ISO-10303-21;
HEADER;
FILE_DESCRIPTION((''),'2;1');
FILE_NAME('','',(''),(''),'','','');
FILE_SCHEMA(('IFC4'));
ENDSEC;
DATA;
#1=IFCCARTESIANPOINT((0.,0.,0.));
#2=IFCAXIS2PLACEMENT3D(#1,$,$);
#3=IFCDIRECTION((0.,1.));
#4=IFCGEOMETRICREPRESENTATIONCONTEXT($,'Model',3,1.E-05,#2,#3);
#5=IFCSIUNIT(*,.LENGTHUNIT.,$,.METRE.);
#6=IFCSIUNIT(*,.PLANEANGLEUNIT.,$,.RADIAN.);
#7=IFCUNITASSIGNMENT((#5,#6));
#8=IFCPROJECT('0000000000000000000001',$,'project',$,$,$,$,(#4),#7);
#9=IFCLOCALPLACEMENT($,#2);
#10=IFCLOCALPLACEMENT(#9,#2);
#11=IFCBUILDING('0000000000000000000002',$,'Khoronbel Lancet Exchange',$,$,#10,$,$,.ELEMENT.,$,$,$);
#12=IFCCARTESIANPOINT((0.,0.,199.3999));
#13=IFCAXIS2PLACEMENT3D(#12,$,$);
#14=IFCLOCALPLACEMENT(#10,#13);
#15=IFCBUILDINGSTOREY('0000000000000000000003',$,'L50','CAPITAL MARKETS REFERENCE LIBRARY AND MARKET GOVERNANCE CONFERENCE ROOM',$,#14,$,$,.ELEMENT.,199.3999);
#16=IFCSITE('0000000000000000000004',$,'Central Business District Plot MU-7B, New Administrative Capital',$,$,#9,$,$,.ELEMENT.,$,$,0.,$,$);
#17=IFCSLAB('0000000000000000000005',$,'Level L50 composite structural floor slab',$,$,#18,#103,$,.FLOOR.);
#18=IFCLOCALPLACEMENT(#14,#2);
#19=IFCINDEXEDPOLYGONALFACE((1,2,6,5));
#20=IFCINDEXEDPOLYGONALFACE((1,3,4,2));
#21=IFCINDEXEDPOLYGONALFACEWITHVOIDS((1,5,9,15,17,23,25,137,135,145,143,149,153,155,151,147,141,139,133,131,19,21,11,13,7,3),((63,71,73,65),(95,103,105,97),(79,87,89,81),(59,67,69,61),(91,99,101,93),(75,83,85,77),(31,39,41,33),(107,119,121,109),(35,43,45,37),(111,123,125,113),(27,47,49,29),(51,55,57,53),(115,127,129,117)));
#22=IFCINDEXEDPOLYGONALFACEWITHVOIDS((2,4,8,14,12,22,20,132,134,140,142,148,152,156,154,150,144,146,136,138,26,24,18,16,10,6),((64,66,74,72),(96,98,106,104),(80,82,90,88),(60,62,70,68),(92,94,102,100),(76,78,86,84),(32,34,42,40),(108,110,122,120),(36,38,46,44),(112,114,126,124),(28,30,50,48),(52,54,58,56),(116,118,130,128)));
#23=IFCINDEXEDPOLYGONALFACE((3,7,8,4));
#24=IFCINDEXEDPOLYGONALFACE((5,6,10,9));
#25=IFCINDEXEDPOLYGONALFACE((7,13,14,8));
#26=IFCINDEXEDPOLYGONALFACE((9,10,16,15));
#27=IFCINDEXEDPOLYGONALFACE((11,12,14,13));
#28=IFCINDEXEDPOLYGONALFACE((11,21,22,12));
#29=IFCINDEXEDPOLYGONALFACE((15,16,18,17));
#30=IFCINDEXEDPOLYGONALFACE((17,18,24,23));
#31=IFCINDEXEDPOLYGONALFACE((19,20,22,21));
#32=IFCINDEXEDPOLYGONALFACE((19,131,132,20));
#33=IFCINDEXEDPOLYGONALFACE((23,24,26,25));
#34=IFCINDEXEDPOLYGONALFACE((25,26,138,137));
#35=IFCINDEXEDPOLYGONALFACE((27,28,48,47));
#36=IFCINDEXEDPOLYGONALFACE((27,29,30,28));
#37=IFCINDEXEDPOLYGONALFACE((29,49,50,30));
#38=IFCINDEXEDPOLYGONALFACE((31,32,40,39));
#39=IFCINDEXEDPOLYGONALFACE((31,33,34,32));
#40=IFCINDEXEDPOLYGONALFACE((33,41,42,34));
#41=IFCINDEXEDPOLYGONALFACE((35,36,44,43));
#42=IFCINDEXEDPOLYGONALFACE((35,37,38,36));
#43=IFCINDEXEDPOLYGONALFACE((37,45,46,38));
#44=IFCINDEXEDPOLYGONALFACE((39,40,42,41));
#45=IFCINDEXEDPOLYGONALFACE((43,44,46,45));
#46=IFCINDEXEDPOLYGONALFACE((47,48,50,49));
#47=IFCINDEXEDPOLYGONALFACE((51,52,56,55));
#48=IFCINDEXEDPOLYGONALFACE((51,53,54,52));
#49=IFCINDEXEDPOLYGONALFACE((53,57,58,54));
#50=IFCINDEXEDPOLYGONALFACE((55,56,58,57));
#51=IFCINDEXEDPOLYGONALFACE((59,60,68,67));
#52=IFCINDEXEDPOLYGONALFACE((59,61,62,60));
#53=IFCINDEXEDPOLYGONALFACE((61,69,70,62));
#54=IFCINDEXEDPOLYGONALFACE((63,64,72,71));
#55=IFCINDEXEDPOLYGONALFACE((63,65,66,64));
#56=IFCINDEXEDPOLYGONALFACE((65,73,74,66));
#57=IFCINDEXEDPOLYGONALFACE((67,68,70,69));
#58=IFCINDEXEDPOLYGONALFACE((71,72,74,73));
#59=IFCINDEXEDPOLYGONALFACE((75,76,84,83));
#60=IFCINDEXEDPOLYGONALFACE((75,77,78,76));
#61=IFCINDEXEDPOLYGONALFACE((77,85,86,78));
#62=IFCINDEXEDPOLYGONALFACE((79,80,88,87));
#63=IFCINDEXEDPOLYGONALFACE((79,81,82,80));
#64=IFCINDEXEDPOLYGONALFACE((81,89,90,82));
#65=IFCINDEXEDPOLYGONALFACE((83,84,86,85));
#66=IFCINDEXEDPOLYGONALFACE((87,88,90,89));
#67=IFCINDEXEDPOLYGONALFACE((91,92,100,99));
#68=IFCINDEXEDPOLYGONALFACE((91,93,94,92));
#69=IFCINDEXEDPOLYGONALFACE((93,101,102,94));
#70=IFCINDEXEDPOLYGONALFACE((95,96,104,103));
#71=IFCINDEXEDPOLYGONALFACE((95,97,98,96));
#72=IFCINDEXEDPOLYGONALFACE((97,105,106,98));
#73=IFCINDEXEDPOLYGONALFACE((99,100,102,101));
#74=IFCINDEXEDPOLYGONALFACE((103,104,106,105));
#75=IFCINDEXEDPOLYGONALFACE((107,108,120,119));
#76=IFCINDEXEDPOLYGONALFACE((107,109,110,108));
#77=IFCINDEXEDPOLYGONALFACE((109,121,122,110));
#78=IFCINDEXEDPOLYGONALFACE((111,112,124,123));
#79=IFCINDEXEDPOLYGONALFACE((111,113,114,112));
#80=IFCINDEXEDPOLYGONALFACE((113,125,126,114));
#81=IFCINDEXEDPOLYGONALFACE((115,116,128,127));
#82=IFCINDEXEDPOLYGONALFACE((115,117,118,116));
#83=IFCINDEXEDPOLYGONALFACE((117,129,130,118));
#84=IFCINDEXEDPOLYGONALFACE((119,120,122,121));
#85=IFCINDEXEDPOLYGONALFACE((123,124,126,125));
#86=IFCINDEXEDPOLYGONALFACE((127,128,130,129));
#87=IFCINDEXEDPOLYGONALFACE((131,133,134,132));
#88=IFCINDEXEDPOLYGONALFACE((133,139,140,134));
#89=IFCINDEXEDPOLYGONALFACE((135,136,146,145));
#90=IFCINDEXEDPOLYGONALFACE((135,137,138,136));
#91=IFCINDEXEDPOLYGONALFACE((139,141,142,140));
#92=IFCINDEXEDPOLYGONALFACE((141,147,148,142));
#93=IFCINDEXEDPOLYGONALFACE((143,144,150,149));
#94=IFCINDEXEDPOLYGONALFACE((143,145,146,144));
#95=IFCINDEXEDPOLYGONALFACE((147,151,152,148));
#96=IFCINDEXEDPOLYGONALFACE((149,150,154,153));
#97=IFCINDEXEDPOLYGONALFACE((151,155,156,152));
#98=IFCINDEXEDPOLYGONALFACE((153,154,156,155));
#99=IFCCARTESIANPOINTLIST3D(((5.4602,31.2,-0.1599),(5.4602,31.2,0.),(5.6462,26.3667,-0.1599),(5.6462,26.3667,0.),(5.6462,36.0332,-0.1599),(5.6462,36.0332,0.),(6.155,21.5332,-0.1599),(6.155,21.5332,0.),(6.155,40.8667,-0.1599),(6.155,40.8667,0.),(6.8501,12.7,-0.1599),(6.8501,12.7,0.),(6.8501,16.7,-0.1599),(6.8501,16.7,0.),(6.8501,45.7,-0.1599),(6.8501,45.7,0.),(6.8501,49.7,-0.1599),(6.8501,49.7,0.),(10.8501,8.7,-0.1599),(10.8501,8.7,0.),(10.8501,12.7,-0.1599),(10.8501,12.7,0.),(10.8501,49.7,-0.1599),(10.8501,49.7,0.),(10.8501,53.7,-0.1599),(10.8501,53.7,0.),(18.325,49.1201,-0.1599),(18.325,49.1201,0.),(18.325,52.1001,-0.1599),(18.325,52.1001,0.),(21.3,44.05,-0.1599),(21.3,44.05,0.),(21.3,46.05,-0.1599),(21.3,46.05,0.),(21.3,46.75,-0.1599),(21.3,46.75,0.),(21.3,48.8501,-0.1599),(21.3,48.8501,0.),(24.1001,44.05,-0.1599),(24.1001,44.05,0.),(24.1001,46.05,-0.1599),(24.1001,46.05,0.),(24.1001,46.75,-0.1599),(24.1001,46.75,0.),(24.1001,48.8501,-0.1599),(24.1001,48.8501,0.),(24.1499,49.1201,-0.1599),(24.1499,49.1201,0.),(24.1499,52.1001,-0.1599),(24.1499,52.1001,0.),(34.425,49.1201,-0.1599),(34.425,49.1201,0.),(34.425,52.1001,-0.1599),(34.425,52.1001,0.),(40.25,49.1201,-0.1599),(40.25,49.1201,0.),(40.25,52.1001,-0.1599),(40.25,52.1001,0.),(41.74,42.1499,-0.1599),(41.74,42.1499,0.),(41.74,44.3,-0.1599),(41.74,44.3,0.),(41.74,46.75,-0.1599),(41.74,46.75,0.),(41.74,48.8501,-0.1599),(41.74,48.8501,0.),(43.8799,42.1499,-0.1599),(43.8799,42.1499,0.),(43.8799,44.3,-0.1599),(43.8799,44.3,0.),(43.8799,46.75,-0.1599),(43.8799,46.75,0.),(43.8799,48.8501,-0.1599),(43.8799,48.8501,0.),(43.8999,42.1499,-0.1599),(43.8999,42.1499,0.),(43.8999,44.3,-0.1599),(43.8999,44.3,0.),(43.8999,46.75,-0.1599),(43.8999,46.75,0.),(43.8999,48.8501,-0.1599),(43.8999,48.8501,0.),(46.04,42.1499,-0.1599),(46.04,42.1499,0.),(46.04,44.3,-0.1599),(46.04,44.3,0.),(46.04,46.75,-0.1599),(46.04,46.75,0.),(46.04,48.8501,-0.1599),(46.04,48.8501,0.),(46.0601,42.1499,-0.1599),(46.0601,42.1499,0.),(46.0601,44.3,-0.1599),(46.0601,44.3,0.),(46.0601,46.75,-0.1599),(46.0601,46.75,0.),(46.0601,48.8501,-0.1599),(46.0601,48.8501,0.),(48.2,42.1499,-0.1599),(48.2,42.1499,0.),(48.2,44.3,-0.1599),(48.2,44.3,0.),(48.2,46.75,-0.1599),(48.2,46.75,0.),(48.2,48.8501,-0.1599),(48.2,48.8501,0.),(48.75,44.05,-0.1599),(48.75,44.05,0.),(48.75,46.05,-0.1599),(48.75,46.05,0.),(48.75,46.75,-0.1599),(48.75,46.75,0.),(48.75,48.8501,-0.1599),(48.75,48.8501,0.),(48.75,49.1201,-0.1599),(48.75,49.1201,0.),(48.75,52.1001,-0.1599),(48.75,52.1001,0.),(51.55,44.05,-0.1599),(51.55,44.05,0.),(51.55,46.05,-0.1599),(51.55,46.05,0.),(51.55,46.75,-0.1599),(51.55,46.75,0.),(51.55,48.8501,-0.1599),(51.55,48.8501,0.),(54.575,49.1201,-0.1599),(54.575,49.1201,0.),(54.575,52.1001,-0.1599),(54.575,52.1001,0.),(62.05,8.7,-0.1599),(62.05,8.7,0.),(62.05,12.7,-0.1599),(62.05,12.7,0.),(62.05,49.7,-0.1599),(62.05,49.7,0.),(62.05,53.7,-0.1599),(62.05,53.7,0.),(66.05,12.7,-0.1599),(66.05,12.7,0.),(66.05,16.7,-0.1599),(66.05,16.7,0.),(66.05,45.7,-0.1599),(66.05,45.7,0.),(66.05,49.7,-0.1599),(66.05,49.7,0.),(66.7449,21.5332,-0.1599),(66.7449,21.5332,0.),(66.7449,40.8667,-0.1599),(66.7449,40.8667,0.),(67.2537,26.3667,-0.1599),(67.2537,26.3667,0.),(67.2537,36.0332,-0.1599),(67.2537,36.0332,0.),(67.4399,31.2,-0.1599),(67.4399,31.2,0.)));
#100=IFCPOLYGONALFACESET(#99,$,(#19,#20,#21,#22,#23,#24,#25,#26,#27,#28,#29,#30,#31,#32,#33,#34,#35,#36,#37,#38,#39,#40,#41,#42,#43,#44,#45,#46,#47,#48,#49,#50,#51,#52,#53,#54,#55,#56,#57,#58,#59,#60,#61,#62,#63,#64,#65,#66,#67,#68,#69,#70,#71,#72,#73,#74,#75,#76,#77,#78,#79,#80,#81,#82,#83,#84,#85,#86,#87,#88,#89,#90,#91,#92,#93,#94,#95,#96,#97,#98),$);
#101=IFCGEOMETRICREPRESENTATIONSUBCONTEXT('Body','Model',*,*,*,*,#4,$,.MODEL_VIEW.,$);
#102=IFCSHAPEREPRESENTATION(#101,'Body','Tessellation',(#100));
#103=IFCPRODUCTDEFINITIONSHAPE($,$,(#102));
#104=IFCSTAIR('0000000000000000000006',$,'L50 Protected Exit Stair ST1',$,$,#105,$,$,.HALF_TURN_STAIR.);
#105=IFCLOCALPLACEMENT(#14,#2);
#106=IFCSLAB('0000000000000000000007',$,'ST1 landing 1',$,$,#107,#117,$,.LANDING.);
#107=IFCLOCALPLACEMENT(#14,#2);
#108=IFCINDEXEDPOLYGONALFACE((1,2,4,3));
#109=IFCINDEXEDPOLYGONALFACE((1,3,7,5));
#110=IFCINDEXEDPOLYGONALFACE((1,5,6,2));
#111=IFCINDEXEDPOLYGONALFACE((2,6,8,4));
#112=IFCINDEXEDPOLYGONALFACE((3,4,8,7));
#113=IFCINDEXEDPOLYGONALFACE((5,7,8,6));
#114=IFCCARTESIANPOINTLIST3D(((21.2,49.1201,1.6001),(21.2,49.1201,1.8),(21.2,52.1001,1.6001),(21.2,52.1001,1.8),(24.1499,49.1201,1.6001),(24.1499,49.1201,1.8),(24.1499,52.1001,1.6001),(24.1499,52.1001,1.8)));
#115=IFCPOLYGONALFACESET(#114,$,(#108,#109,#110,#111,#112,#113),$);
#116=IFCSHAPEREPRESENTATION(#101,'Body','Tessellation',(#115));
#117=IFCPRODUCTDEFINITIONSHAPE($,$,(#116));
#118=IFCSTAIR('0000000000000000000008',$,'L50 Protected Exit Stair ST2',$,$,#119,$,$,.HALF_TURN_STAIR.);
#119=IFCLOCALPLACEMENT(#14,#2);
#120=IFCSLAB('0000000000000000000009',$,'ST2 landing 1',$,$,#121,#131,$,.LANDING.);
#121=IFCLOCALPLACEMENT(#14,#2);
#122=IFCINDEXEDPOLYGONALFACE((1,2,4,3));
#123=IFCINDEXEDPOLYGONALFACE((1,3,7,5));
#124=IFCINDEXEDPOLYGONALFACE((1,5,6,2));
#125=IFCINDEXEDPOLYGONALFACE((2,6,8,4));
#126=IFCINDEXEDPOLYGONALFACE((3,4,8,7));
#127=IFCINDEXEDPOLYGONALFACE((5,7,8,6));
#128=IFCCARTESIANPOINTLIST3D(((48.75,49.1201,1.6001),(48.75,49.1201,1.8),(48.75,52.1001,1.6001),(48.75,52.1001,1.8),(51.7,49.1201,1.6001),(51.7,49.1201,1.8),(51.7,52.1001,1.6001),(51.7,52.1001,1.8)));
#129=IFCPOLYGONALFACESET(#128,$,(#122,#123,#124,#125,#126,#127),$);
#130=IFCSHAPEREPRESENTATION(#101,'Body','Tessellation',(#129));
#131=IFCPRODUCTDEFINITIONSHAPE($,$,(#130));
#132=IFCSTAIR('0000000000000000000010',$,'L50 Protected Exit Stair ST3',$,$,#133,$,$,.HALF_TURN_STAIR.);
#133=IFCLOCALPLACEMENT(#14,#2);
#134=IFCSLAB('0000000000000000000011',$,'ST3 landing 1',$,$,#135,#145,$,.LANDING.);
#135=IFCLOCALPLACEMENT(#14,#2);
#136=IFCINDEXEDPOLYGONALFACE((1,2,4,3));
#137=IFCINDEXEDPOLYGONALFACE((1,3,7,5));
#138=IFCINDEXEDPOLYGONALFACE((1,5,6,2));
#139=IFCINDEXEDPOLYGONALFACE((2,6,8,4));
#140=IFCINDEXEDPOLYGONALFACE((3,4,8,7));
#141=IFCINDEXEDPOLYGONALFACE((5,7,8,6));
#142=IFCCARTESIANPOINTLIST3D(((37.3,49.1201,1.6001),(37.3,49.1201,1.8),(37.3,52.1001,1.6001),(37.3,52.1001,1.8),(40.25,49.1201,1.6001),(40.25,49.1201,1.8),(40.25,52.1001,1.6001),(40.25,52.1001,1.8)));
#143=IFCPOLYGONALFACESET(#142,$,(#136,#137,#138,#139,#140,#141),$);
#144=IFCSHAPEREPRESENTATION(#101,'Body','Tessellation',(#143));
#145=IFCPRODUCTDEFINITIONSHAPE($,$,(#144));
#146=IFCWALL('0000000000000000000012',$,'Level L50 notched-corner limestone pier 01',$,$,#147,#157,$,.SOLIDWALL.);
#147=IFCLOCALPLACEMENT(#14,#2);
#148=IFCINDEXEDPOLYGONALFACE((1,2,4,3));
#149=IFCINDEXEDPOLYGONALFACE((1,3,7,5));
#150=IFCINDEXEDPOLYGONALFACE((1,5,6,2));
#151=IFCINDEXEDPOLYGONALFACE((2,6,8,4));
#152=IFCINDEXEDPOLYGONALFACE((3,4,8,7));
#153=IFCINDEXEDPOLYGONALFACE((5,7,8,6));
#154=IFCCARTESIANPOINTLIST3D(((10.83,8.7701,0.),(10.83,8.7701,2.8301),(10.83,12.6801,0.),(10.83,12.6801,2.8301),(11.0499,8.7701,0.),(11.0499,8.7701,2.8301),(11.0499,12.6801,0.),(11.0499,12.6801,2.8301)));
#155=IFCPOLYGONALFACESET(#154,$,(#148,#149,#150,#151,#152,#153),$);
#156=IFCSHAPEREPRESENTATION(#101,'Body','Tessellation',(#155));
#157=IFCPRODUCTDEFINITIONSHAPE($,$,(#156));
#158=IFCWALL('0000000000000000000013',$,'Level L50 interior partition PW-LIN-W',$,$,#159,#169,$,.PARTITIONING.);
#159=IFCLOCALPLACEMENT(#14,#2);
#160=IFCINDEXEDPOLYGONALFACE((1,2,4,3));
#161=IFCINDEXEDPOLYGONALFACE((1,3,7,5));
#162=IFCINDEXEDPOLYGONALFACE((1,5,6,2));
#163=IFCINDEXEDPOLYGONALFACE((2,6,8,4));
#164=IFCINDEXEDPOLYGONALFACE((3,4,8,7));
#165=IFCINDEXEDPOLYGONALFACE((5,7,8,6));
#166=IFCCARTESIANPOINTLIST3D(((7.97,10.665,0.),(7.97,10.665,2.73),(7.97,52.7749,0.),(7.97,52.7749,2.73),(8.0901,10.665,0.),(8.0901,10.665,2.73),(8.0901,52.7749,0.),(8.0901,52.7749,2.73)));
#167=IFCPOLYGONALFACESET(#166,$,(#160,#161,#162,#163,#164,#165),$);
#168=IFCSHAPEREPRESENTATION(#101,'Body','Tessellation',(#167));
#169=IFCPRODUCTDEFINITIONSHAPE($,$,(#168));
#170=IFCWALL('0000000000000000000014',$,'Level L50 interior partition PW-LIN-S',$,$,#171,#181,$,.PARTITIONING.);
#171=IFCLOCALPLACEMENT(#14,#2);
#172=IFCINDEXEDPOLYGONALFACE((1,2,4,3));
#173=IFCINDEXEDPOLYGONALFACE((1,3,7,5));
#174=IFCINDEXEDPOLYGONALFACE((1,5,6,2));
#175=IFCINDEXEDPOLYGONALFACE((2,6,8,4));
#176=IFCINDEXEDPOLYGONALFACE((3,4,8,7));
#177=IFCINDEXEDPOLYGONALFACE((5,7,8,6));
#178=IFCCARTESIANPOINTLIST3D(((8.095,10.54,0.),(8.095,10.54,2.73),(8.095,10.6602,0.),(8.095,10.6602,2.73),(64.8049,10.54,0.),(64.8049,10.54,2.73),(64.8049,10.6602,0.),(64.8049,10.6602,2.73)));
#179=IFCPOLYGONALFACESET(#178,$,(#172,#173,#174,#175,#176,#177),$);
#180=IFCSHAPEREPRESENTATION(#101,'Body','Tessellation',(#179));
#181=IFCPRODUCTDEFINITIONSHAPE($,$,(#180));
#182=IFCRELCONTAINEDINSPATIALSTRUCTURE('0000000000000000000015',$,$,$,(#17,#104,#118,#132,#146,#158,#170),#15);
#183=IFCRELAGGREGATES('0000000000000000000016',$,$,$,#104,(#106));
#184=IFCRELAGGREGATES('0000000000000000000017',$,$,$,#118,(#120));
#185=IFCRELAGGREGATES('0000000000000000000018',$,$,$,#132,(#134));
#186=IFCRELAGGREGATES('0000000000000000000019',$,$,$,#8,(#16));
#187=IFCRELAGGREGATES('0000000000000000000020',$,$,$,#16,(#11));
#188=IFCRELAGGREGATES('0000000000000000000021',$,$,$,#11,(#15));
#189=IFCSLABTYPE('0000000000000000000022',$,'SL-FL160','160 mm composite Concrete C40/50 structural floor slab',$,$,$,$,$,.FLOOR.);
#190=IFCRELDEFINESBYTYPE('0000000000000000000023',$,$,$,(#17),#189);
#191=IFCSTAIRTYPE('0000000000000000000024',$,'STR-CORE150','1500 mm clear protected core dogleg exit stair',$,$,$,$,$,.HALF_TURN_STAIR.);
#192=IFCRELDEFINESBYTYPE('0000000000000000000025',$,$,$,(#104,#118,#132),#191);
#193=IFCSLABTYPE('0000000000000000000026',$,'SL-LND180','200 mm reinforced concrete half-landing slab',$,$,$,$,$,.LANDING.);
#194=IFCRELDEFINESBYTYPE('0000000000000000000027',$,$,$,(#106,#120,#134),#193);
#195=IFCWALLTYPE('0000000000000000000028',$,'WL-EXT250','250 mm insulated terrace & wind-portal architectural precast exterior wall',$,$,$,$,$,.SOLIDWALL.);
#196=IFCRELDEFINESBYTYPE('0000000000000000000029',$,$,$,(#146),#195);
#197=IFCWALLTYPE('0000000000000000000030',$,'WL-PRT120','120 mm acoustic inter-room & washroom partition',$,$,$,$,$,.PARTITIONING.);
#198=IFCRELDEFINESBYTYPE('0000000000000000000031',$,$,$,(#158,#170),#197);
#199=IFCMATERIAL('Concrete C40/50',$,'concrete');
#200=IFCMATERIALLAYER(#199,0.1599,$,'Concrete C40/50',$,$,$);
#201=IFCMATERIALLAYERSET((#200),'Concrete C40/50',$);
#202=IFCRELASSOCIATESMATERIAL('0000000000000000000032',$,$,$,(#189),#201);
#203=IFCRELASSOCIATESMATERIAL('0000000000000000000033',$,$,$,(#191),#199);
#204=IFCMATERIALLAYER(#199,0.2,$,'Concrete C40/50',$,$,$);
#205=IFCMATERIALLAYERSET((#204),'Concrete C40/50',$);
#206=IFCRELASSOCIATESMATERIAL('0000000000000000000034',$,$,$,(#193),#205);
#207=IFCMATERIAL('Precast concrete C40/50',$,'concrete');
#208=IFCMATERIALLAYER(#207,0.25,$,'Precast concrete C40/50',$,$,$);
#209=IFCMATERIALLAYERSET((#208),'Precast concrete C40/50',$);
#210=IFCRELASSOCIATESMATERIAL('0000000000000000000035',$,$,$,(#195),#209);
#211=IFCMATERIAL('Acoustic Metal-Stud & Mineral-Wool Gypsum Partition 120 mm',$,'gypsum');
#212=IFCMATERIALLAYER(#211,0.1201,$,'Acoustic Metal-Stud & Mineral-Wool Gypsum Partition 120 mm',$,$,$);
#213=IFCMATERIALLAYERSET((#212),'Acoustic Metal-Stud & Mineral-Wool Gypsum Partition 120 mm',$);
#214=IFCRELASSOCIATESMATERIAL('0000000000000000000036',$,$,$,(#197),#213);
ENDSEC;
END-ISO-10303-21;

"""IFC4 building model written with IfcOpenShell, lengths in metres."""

from ifc_helpers import new_model, si_unit, direction, frame, frame_2d, origin, place, context, subcontext, project, spatial, polyline, rectangle, outline, extrude, material, layer, layer_set, type_object, element, aggregate, save


model = new_model("IFC4")

# Units and contexts
model_context = context("Model", 3, precision=1e-05, world=origin(), true_north=direction((0.0, 1.0)))
body_context = subcontext(model_context, "Body", "Model", "MODEL_VIEW")
ifc_project = project(units=[si_unit("LENGTHUNIT", "METRE"), si_unit("PLANEANGLEUNIT", "RADIAN")], contexts=[model_context])

# Site, building, storey
site_placement = place(None, origin())
site = spatial("IfcSite", under=ifc_project, at=site_placement, Name="Central Business District Plot MU-7B, New Administrative Capital", CompositionType="ELEMENT", RefElevation=0.0)
building_placement = place(site_placement, origin())
building = spatial("IfcBuilding", under=site, at=building_placement, Name="Khoronbel Lancet Exchange", CompositionType="ELEMENT")
storey_placement = place(building_placement, frame((0.0, 0.0, 199.3999)))
storey = spatial("IfcBuildingStorey", under=building, at=storey_placement, Name="L50", Description="CAPITAL MARKETS REFERENCE LIBRARY AND MARKET GOVERNANCE CONFERENCE ROOM", CompositionType="ELEMENT", Elevation=199.3999)

# Slab
ifc_material_1 = material(Name="Concrete C40/50", Category="concrete")
ifc_layer_1 = layer(ifc_material_1, 0.1599, Name="Concrete C40/50")
ifc_layer_set_1 = layer_set([ifc_layer_1], Name="Concrete C40/50")
slab_type_1 = type_object("IfcSlabType", Name="SL-FL160", Description="160 mm composite Concrete C40/50 structural floor slab", PredefinedType="FLOOR", material=ifc_layer_set_1)
slab_1_placement = place(storey_placement, frame((0.0, 0.0, -0.1599)))
element("IfcSlab", 1, at=slab_1_placement, inside=storey, type_object=slab_type_1, Name="Level L50 composite structural floor slab", PredefinedType="FLOOR", context=body_context, shape_type="SweptSolid", body=[
    extrude(outline(polyline([(10.8501, 8.7), (62.05, 8.7), (62.05, 12.7), (66.05, 12.7), (66.05, 16.7), (66.7449, 21.5332), (67.2537, 26.3667), (67.4399, 31.2), (67.2537, 36.0332), (66.7449, 40.8667), (66.05, 45.7), (66.05, 49.7), (62.05, 49.7), (62.05, 53.7), (10.8501, 53.7), (10.8501, 49.7), (6.8501, 49.7), (6.8501, 45.7), (6.155, 40.8667), (5.6462, 36.0332), (5.4602, 31.2), (5.6462, 26.3667), (6.155, 21.5332), (6.8501, 16.7), (6.8501, 12.7), (10.8501, 12.7), (10.8501, 8.7)]), holes=[polyline([(18.325, 49.1201), (24.1499, 49.1201), (24.1499, 52.1001), (18.325, 52.1001), (18.325, 49.1201)]), polyline([(48.75, 49.1201), (54.575, 49.1201), (54.575, 52.1001), (48.75, 52.1001), (48.75, 49.1201)]), polyline([(34.425, 49.1201), (40.25, 49.1201), (40.25, 52.1001), (34.425, 52.1001), (34.425, 49.1201)]), polyline([(41.74, 46.75), (43.8799, 46.75), (43.8799, 48.8501), (41.74, 48.8501), (41.74, 46.75)]), polyline([(43.8999, 46.75), (46.04, 46.75), (46.04, 48.8501), (43.8999, 48.8501), (43.8999, 46.75)]), polyline([(46.0601, 46.75), (48.2, 46.75), (48.2, 48.8501), (46.0601, 48.8501), (46.0601, 46.75)]), polyline([(41.74, 42.1499), (43.8799, 42.1499), (43.8799, 44.3), (41.74, 44.3), (41.74, 42.1499)]), polyline([(43.8999, 42.1499), (46.04, 42.1499), (46.04, 44.3), (43.8999, 44.3), (43.8999, 42.1499)]), polyline([(46.0601, 42.1499), (48.2, 42.1499), (48.2, 44.3), (46.0601, 44.3), (46.0601, 42.1499)]), polyline([(21.3, 46.75), (24.1001, 46.75), (24.1001, 48.8501), (21.3, 48.8501), (21.3, 46.75)]), polyline([(48.75, 46.75), (51.55, 46.75), (51.55, 48.8501), (48.75, 48.8501), (48.75, 46.75)]), polyline([(21.3, 44.05), (24.1001, 44.05), (24.1001, 46.05), (21.3, 46.05), (21.3, 44.05)]), polyline([(48.75, 44.05), (51.55, 44.05), (51.55, 46.05), (48.75, 46.05), (48.75, 44.05)])]), origin(), (0.0, 0.0, 1.0), 0.1599),
])

# Stairs, slabs
stair_type = type_object("IfcStairType", Name="STR-CORE150", Description="1500 mm clear protected core dogleg exit stair", PredefinedType="HALF_TURN_STAIR", material=ifc_material_1)
stair_1_placement = place(storey_placement, origin())
stair_1 = element("IfcStair", 2, at=stair_1_placement, inside=storey, type_object=stair_type, Name="L50 Protected Exit Stair ST1", PredefinedType="HALF_TURN_STAIR")
ifc_layer_2 = layer(ifc_material_1, 0.2, Name="Concrete C40/50")
ifc_layer_set_2 = layer_set([ifc_layer_2], Name="Concrete C40/50")
slab_type_2 = type_object("IfcSlabType", Name="SL-LND180", Description="200 mm reinforced concrete half-landing slab", PredefinedType="LANDING", material=ifc_layer_set_2)
slab_2_placement = place(storey_placement, frame((0.0, 0.0, 1.6001)))
slab_2 = element("IfcSlab", 3, at=slab_2_placement, type_object=slab_type_2, Name="ST1 landing 1", PredefinedType="LANDING", context=body_context, shape_type="SweptSolid", body=[
    extrude(outline(polyline([(21.2, 49.1201), (24.1499, 49.1201), (24.1499, 52.1001), (21.2, 52.1001), (21.2, 49.1201)])), origin(), (0.0, 0.0, 1.0), 0.2),
])
aggregate(stair_1, [slab_2])
stair_2_placement = place(storey_placement, origin())
stair_2 = element("IfcStair", 4, at=stair_2_placement, inside=storey, type_object=stair_type, Name="L50 Protected Exit Stair ST2", PredefinedType="HALF_TURN_STAIR")
slab_3_placement = place(storey_placement, frame((0.0, 0.0, 1.6001)))
slab_3 = element("IfcSlab", 5, at=slab_3_placement, type_object=slab_type_2, Name="ST2 landing 1", PredefinedType="LANDING", context=body_context, shape_type="SweptSolid", body=[
    extrude(outline(polyline([(51.7, 52.1001), (48.75, 52.1001), (48.75, 49.1201), (51.7, 49.1201), (51.7, 52.1001)])), origin(), (0.0, 0.0, 1.0), 0.2),
])
aggregate(stair_2, [slab_3])
stair_3_placement = place(storey_placement, origin())
stair_3 = element("IfcStair", 6, at=stair_3_placement, inside=storey, type_object=stair_type, Name="L50 Protected Exit Stair ST3", PredefinedType="HALF_TURN_STAIR")
slab_4_placement = place(storey_placement, frame((0.0, 0.0, 1.6001)))
slab_4 = element("IfcSlab", 7, at=slab_4_placement, type_object=slab_type_2, Name="ST3 landing 1", PredefinedType="LANDING", context=body_context, shape_type="SweptSolid", body=[
    extrude(outline(polyline([(37.3, 49.1201), (40.25, 49.1201), (40.25, 52.1001), (37.3, 52.1001), (37.3, 49.1201)])), origin(), (0.0, 0.0, 1.0), 0.2),
])
aggregate(stair_3, [slab_4])

# Walls
ifc_material_2 = material(Name="Precast concrete C40/50", Category="concrete")
ifc_layer_3 = layer(ifc_material_2, 0.25, Name="Precast concrete C40/50")
ifc_layer_set_3 = layer_set([ifc_layer_3], Name="Precast concrete C40/50")
wall_type_1 = type_object("IfcWallType", Name="WL-EXT250", Description="250 mm insulated terrace & wind-portal architectural precast exterior wall", PredefinedType="SOLIDWALL", material=ifc_layer_set_3)
wall_1_placement = place(storey_placement, frame((10.9399, 8.77, 0.0), z_axis=(0.0, 0.0, 1.0), x_axis=(0.0, 1.0, 0.0)))
element("IfcWall", 8, at=wall_1_placement, inside=storey, type_object=wall_type_1, Name="Level L50 notched-corner limestone pier 01", PredefinedType="SOLIDWALL", context=body_context, shape_type="SweptSolid", body=[
    extrude(rectangle(XDim=3.9099, YDim=0.22, at=frame_2d((1.9551, 0.0))), origin(), (0.0, 0.0, 1.0), 2.8301),
])
ifc_material_3 = material(Name="Acoustic Metal-Stud & Mineral-Wool Gypsum Partition 120 mm", Category="gypsum")
ifc_layer_4 = layer(ifc_material_3, 0.1201, Name="Acoustic Metal-Stud & Mineral-Wool Gypsum Partition 120 mm")
ifc_layer_set_4 = layer_set([ifc_layer_4], Name="Acoustic Metal-Stud & Mineral-Wool Gypsum Partition 120 mm")
wall_type_2 = type_object("IfcWallType", Name="WL-PRT120", Description="120 mm acoustic inter-room & washroom partition", PredefinedType="PARTITIONING", material=ifc_layer_set_4)
wall_2_placement = place(storey_placement, frame((8.03, 10.665, 0.0), z_axis=(0.0, 0.0, 1.0), x_axis=(0.0, 1.0, 0.0)))
element("IfcWall", 9, at=wall_2_placement, inside=storey, type_object=wall_type_2, Name="Level L50 interior partition PW-LIN-W", PredefinedType="PARTITIONING", context=body_context, shape_type="SweptSolid", body=[
    extrude(rectangle(XDim=42.1099, YDim=0.1201, at=frame_2d((21.0549, 0.0))), origin(), (0.0, 0.0, 1.0), 2.73),
])
wall_3_placement = place(storey_placement, frame((8.095, 10.6001, 0.0), z_axis=(0.0, 0.0, 1.0), x_axis=(1.0, 0.0, 0.0)))
element("IfcWall", 10, at=wall_3_placement, inside=storey, type_object=wall_type_2, Name="Level L50 interior partition PW-LIN-S", PredefinedType="PARTITIONING", context=body_context, shape_type="SweptSolid", body=[
    extrude(rectangle(XDim=56.71, YDim=0.1201, at=frame_2d((28.355, 0.0))), origin(), (0.0, 0.0, 1.0), 2.73),
])

save(model, "model.ifc")
